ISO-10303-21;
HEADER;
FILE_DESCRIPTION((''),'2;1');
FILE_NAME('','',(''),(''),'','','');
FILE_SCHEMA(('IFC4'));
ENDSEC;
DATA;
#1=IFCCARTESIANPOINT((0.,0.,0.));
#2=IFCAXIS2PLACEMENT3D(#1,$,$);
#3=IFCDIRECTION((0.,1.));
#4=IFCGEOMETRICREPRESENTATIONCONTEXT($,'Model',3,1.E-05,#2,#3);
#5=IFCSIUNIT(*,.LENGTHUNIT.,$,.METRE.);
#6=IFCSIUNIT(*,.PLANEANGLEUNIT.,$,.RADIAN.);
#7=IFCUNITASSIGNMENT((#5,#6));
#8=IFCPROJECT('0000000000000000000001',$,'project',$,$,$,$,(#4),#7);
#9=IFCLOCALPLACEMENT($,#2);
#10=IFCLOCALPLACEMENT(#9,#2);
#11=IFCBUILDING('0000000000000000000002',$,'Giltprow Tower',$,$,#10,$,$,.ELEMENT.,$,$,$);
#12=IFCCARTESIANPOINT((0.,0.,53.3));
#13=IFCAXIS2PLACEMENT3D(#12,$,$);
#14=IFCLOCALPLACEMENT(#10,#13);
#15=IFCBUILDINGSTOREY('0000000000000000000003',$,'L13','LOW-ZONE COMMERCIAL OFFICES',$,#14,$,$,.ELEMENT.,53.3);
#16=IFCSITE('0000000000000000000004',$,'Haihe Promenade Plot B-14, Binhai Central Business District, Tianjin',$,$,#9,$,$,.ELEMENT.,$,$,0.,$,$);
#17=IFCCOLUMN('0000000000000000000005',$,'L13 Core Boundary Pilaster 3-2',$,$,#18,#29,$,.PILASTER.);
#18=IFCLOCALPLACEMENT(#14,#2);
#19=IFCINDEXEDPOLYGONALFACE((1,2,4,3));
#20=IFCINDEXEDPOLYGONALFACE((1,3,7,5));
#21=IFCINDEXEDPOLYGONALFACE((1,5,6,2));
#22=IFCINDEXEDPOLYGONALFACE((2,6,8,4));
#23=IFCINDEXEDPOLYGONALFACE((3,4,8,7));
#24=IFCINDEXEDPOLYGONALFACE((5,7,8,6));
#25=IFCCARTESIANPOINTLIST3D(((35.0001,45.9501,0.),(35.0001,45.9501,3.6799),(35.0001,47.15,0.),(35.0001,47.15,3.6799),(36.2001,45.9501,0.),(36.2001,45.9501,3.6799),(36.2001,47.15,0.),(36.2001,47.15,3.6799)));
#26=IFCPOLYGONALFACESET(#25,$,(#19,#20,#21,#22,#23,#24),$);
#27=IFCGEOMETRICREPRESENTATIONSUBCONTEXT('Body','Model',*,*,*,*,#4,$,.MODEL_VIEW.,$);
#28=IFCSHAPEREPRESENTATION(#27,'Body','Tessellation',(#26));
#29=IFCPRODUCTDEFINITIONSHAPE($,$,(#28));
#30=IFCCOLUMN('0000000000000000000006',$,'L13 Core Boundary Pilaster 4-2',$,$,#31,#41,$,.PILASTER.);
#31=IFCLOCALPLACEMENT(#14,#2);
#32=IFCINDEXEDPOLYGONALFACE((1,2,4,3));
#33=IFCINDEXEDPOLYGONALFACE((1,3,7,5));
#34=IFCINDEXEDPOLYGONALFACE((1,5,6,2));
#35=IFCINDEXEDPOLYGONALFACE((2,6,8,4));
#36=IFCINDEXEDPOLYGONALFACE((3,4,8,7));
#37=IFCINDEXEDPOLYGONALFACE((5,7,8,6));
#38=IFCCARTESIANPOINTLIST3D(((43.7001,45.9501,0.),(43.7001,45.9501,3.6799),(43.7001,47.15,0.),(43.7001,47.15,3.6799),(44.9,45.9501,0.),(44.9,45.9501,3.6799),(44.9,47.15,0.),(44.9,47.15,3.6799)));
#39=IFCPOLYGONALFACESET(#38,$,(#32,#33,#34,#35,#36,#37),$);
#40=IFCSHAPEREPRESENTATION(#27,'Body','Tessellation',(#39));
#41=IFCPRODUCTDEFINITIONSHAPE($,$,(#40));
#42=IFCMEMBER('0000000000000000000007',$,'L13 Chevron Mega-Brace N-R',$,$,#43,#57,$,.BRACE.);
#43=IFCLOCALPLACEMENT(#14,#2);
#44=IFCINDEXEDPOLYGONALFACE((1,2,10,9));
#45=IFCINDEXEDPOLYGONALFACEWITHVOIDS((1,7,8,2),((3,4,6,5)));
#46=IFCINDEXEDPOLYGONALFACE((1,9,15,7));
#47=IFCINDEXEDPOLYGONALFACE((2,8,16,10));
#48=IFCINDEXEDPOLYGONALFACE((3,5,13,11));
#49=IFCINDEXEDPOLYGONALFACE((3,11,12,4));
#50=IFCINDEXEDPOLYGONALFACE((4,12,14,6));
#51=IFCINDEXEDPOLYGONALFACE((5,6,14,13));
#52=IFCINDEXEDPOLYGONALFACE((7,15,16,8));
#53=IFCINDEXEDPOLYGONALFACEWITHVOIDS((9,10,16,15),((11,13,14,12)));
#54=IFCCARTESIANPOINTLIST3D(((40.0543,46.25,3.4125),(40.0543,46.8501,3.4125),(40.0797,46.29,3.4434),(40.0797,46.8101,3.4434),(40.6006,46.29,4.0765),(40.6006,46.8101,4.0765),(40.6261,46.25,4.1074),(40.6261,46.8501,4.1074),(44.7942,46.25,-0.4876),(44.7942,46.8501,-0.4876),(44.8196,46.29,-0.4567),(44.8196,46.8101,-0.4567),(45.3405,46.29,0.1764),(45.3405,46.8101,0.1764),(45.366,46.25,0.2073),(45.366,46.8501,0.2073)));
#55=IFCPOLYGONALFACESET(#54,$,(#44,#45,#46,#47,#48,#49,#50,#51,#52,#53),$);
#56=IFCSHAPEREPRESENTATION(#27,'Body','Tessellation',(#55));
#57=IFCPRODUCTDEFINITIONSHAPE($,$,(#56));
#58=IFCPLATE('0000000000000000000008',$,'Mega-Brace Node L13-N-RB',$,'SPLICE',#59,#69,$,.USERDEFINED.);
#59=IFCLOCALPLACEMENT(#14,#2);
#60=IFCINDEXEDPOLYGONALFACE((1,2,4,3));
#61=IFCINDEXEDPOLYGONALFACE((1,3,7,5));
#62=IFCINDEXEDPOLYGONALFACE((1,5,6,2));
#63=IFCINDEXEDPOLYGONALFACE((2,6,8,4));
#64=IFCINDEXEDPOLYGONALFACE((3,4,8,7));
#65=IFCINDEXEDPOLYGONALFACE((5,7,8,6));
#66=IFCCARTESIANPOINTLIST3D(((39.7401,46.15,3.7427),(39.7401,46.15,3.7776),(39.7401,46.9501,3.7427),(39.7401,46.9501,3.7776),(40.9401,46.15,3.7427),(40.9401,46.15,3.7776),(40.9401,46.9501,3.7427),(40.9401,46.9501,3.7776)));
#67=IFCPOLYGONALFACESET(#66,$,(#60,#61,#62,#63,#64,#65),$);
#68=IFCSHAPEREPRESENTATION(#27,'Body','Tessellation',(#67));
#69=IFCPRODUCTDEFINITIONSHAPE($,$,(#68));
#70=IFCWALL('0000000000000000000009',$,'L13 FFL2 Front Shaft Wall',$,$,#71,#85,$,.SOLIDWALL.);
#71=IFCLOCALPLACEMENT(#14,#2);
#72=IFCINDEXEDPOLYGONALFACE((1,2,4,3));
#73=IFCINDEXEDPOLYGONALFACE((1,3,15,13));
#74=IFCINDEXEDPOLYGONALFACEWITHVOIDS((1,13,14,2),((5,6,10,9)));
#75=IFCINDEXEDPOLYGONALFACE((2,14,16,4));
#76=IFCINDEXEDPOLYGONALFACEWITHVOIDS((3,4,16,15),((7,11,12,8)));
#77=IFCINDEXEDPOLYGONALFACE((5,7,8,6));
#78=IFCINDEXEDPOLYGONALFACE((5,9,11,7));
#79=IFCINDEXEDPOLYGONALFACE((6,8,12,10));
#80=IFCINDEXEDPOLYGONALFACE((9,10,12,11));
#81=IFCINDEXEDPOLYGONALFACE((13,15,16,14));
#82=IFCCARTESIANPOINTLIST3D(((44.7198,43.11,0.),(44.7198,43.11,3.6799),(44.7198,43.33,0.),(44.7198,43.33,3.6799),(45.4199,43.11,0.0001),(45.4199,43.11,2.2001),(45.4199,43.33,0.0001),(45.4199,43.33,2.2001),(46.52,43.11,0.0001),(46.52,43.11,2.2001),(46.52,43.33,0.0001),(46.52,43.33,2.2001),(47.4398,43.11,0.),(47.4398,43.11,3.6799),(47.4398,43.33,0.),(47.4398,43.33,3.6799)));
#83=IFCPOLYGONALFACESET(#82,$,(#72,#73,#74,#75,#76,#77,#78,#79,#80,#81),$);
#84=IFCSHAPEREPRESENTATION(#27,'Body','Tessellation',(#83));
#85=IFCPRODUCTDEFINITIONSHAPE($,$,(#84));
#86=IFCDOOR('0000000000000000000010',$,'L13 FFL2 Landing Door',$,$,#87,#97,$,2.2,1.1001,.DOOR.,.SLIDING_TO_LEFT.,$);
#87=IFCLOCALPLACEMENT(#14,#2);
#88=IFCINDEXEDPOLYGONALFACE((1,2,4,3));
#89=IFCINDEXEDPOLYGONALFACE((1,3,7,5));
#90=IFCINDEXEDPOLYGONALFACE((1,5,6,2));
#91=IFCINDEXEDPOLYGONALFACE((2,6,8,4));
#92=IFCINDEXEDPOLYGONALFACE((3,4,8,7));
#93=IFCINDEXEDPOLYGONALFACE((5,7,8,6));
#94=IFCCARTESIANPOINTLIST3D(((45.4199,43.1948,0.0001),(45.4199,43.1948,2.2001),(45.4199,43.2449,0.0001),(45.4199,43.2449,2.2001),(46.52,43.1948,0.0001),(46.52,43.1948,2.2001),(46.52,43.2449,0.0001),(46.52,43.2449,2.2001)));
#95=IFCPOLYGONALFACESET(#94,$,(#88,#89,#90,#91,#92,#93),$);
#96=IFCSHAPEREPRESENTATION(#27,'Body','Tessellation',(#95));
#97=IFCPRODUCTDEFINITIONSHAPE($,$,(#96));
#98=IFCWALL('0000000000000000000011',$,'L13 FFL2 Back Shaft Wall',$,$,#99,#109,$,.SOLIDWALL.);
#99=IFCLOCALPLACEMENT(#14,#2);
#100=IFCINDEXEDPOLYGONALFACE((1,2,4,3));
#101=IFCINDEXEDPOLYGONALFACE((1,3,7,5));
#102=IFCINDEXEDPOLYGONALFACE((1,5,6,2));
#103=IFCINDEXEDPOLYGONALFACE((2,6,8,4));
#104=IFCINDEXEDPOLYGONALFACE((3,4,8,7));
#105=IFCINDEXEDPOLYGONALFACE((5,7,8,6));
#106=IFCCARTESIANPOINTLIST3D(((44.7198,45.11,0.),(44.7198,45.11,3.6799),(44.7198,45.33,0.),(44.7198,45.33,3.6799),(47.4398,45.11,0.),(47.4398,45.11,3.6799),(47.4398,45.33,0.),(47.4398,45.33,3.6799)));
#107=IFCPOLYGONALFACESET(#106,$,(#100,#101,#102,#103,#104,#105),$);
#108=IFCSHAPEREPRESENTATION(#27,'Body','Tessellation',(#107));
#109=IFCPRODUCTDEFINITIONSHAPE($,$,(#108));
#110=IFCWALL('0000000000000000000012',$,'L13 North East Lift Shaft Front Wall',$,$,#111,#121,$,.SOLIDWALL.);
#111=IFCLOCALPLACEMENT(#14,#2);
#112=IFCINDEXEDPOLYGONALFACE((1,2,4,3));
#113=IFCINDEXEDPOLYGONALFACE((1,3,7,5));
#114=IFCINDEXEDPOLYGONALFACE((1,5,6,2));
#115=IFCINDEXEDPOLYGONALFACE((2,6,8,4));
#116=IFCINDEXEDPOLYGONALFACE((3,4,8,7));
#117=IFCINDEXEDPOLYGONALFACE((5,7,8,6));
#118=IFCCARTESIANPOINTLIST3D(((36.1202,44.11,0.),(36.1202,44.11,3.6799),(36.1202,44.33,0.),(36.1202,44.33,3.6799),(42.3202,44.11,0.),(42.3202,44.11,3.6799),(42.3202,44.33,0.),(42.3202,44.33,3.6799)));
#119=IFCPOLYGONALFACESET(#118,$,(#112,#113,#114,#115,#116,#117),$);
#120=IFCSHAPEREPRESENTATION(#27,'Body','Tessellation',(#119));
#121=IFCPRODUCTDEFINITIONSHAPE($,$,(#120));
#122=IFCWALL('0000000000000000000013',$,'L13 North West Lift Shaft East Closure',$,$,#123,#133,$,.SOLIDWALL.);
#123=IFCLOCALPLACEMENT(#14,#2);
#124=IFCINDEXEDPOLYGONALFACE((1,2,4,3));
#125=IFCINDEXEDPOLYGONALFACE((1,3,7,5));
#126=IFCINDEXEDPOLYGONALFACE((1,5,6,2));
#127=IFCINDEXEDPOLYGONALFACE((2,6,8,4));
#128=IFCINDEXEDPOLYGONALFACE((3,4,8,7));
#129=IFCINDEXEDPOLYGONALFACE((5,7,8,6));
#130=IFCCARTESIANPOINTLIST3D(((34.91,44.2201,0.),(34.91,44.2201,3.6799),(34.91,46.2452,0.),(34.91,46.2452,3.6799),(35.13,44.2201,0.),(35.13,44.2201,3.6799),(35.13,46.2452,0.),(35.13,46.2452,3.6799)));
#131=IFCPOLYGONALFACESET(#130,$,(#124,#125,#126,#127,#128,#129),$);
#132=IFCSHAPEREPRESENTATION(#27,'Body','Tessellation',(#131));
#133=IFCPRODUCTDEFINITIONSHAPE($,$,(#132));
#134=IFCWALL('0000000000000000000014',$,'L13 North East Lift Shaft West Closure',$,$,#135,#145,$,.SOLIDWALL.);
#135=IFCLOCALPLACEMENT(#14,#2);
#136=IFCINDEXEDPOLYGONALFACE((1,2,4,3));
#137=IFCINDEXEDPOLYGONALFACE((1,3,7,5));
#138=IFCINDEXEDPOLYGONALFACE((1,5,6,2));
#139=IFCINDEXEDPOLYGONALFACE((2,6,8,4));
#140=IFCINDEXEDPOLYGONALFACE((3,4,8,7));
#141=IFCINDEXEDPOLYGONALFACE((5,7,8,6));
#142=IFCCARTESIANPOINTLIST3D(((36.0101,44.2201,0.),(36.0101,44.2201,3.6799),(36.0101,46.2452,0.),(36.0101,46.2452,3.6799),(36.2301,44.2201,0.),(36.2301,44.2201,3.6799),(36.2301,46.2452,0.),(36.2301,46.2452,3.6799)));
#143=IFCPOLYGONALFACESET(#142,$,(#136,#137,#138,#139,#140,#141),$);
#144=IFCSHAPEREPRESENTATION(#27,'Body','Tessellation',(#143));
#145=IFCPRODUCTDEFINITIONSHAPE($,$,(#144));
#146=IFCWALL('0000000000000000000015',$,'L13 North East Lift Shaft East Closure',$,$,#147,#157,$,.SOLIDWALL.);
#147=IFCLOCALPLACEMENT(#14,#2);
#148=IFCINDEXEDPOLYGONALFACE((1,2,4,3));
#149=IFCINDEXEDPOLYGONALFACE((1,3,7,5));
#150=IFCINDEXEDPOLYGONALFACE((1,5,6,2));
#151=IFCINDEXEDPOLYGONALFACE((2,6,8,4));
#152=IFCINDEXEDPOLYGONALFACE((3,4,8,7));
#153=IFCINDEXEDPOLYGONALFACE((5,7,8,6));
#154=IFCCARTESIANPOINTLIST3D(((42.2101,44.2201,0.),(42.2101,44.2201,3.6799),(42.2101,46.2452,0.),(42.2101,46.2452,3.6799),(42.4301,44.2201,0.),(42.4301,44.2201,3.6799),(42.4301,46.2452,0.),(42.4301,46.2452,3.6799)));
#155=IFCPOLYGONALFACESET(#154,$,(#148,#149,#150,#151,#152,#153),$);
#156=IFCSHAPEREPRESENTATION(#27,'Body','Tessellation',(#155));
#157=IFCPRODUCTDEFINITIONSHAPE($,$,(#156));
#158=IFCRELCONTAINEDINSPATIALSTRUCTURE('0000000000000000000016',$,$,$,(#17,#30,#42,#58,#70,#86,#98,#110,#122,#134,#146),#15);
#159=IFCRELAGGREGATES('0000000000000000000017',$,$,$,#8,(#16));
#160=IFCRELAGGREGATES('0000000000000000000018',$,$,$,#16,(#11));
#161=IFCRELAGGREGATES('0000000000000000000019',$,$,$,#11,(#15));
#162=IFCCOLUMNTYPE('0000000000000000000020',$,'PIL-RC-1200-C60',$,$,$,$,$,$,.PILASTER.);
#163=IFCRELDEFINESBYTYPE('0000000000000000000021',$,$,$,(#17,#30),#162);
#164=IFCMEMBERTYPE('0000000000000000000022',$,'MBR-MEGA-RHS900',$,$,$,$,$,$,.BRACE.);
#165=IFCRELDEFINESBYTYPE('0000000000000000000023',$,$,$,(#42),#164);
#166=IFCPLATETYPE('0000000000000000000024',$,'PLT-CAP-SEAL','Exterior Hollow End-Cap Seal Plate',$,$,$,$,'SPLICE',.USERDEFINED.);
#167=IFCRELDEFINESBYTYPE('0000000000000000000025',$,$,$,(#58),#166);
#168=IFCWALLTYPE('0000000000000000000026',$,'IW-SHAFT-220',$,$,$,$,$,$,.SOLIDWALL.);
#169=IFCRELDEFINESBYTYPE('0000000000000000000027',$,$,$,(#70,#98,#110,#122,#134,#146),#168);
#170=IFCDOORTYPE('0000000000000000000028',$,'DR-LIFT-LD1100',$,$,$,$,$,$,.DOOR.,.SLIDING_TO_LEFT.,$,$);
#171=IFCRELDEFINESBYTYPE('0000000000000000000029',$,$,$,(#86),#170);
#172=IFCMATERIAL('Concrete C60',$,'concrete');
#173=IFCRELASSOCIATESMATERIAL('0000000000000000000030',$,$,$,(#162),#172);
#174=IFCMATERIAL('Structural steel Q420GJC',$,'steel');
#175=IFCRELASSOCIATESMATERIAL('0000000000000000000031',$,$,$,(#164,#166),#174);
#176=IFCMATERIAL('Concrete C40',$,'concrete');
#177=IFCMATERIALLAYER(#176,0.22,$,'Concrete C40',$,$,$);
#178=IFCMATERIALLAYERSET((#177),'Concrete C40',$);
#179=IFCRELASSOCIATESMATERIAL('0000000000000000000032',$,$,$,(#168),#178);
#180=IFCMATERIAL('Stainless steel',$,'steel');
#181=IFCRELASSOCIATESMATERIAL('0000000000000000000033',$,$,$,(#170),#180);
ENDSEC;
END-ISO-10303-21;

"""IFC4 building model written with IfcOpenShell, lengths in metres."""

from ifc_helpers import new_model, si_unit, direction, frame, frame_2d, origin, origin_2d, place, context, subcontext, project, spatial, rectangle, hollow_rectangle, extrude, source, transform, mapped, material, layer, layer_set, material_profile, profile_set, type_object, element, fill, save


model = new_model("IFC4")

# Units and contexts
model_context = context("Model", 3, precision=1e-05, world=origin(), true_north=direction((0.0, 1.0)))
body_context = subcontext(model_context, "Body", "Model", "MODEL_VIEW")
ifc_project = project(units=[si_unit("LENGTHUNIT", "METRE"), si_unit("PLANEANGLEUNIT", "RADIAN")], contexts=[model_context])

# Site, building, storey
site_placement = place(None, origin())
site = spatial("IfcSite", under=ifc_project, at=site_placement, Name="Haihe Promenade Plot B-14, Binhai Central Business District, Tianjin", CompositionType="ELEMENT", RefElevation=0.0)
building_placement = place(site_placement, origin())
building = spatial("IfcBuilding", under=site, at=building_placement, Name="Giltprow Tower", CompositionType="ELEMENT")
storey_placement = place(building_placement, frame((0.0, 0.0, 53.3)))
storey = spatial("IfcBuildingStorey", under=building, at=storey_placement, Name="L13", Description="LOW-ZONE COMMERCIAL OFFICES", CompositionType="ELEMENT", Elevation=53.3)

# Columns
ifc_material_1 = material(Name="Concrete C60", Category="concrete")
ifc_material_profile_1 = material_profile(ifc_material_1, rectangle(XDim=1.2, YDim=1.2, at=origin_2d()), Name="RC 1200x1200")
ifc_profile_set_1 = profile_set([ifc_material_profile_1], Name="Concrete C60")
column_type = type_object("IfcColumnType", Name="PIL-RC-1200-C60", PredefinedType="PILASTER", material=ifc_profile_set_1)
shared_shape_1 = source(origin(), body_context, "Body", "SweptSolid", [
    extrude(rectangle(XDim=1.2, YDim=1.2, at=origin_2d()), origin(), (0.0, 0.0, 1.0), 3.6799),
])
for number, where, z_axis, x_axis, name in (
    (1, (35.6001, 46.55, 0.0), (0.0, 0.0, 1.0), (1.0, 0.0, 0.0), "L13 Core Boundary Pilaster 3-2"),
    (2, (44.3, 46.55, 0.0), (0.0, 0.0, 1.0), (1.0, 0.0, 0.0), "L13 Core Boundary Pilaster 4-2"),
):
    element("IfcColumn", number, at=place(storey_placement, frame(where, z_axis=z_axis, x_axis=x_axis)), inside=storey, type_object=column_type, Name=name, PredefinedType="PILASTER", context=body_context, shape_type="MappedRepresentation", body=[
        mapped(shared_shape_1, transform((0.0, 0.0, 0.0), x_axis=(1.0, 0.0, 0.0), y_axis=(0.0, 1.0, 0.0), z_axis=(0.0, 0.0, 1.0), scale=1.0)),
    ])

# Member
ifc_material_2 = material(Name="Structural steel Q420GJC", Category="steel")
ifc_material_profile_2 = material_profile(ifc_material_2, hollow_rectangle(XDim=0.6001, YDim=0.8999, WallThickness=0.04, at=origin_2d()), Name="RHS 900x600x40")
ifc_profile_set_2 = profile_set([ifc_material_profile_2], Name="Structural steel Q420GJC")
member_type = type_object("IfcMemberType", Name="MBR-MEGA-RHS900", PredefinedType="BRACE", material=ifc_profile_set_2)
shared_shape_2 = source(origin(), body_context, "Body", "SweptSolid", [
    extrude(hollow_rectangle(XDim=0.6001, YDim=0.8999, WallThickness=0.04, at=origin_2d()), origin(), (0.0, 0.0, 1.0), 6.1382),
])
member_placement = place(storey_placement, frame((45.0801, 46.55, -0.1401), z_axis=(-0.7722, 0.0, 0.63538), x_axis=(0.0, -1.0, 0.0)))
element("IfcMember", 3, at=member_placement, inside=storey, type_object=member_type, Name="L13 Chevron Mega-Brace N-R", PredefinedType="BRACE", context=body_context, shape_type="MappedRepresentation", body=[
    mapped(shared_shape_2, transform((0.0, 0.0, 0.0), x_axis=(1.0, 0.0, 0.0), y_axis=(0.0, 1.0, 0.0), z_axis=(0.0, 0.0, 1.0), scale=1.0)),
])

# Plate
plate_type = type_object("IfcPlateType", Name="PLT-CAP-SEAL", Description="Exterior Hollow End-Cap Seal Plate", ElementType="SPLICE", PredefinedType="USERDEFINED", material=ifc_material_2)
shared_shape_3 = source(origin(), body_context, "Body", "SweptSolid", [
    extrude(rectangle(XDim=1.2, YDim=0.8, at=origin_2d()), origin(), (0.0, 0.0, 1.0), 0.0349),
])
plate_placement = place(storey_placement, frame((40.3401, 46.55, 3.7427), z_axis=(0.0, 0.0, 1.0), x_axis=(1.0, 0.0, 0.0)))
element("IfcPlate", 4, at=plate_placement, inside=storey, type_object=plate_type, Name="Mega-Brace Node L13-N-RB", ObjectType="SPLICE", PredefinedType="USERDEFINED", context=body_context, shape_type="MappedRepresentation", body=[
    mapped(shared_shape_3, transform((0.0, 0.0, 0.0), x_axis=(1.0, 0.0, 0.0), y_axis=(0.0, 1.0, 0.0), z_axis=(0.0, 0.0, 1.0), scale=1.0)),
])

# Wall, opening, door
ifc_material_3 = material(Name="Concrete C40", Category="concrete")
ifc_layer_1 = layer(ifc_material_3, 0.22, Name="Concrete C40")
ifc_layer_set_1 = layer_set([ifc_layer_1], Name="Concrete C40")
wall_type_1 = type_object("IfcWallType", Name="IW-SHAFT-220", PredefinedType="SOLIDWALL", material=ifc_layer_set_1)
wall_1_placement = place(storey_placement, frame((44.72, 43.22, 0.0), z_axis=(0.0, 0.0, 1.0), x_axis=(1.0, 0.0, 0.0)))
wall_1 = element("IfcWall", 5, at=wall_1_placement, inside=storey, type_object=wall_type_1, Name="L13 FFL2 Front Shaft Wall", PredefinedType="SOLIDWALL", context=body_context, shape_type="SweptSolid", body=[
    extrude(rectangle(XDim=2.72, YDim=0.22, at=frame_2d((1.3599, 0.0))), origin(), (0.0, 0.0, 1.0), 3.6799),
])
opening_1_placement = place(wall_1_placement, frame((0.7, 0.0, 0.0)))
opening_1 = element("IfcOpeningElement", 6, at=opening_1_placement, cuts=wall_1, PredefinedType="OPENING", context=body_context, shape_type="SweptSolid", body=[
    extrude(rectangle(XDim=1.1001, YDim=2.2, at=frame_2d((0.55, 1.1001))), frame((0.0, 0.1199, 0.0), z_axis=(0.0, -1.0, 0.0), x_axis=(1.0, 0.0, 0.0)), (0.0, 0.0, 1.0), 0.24),
])
ifc_material_4 = material(Name="Stainless steel", Category="steel")
door_type = type_object("IfcDoorType", Name="DR-LIFT-LD1100", OperationType="SLIDING_TO_LEFT", PredefinedType="DOOR", material=ifc_material_4)
shared_shape_4 = source(origin(), body_context, "Body", "SweptSolid", [
    extrude(rectangle(XDim=1.1001, YDim=2.2, at=frame_2d((0.55, 1.1001))), frame((0.0, 0.0249, 0.0), z_axis=(0.0, -1.0, 0.0), x_axis=(1.0, 0.0, 0.0)), (0.0, 0.0, 1.0), 0.05),
])
door_1_placement = place(opening_1_placement, origin())
door_1 = element("IfcDoor", 7, at=door_1_placement, inside=storey, type_object=door_type, Name="L13 FFL2 Landing Door", OperationType="SLIDING_TO_LEFT", OverallHeight=2.2, OverallWidth=1.1001, PredefinedType="DOOR", context=body_context, shape_type="MappedRepresentation", body=[
    mapped(shared_shape_4, transform((0.0, 0.0, 0.0), x_axis=(1.0, 0.0, 0.0), y_axis=(0.0, 1.0, 0.0), z_axis=(0.0, 0.0, 1.0), scale=1.0)),
])
fill(opening_1, door_1)

# Walls
wall_2_placement = place(storey_placement, frame((44.72, 45.22, 0.0), z_axis=(0.0, 0.0, 1.0), x_axis=(1.0, 0.0, 0.0)))
element("IfcWall", 8, at=wall_2_placement, inside=storey, type_object=wall_type_1, Name="L13 FFL2 Back Shaft Wall", PredefinedType="SOLIDWALL", context=body_context, shape_type="SweptSolid", body=[
    extrude(rectangle(XDim=2.72, YDim=0.22, at=frame_2d((1.3599, 0.0))), origin(), (0.0, 0.0, 1.0), 3.6799),
])
wall_3_placement = place(storey_placement, frame((36.1201, 44.22, 0.0), z_axis=(0.0, 0.0, 1.0), x_axis=(1.0, 0.0, 0.0)))
element("IfcWall", 9, at=wall_3_placement, inside=storey, type_object=wall_type_1, Name="L13 North East Lift Shaft Front Wall", PredefinedType="SOLIDWALL", context=body_context, shape_type="SweptSolid", body=[
    extrude(rectangle(XDim=6.2, YDim=0.22, at=frame_2d((3.1001, 0.0))), origin(), (0.0, 0.0, 1.0), 3.6799),
])
for number, where, z_axis, x_axis, name in (
    (10, (35.02, 44.22, 0.0), (0.0, 0.0, 1.0), (0.0, 1.0, 0.0), "L13 North West Lift Shaft East Closure"),
    (11, (36.1201, 44.22, 0.0), (0.0, 0.0, 1.0), (0.0, 1.0, 0.0), "L13 North East Lift Shaft West Closure"),
    (12, (42.3201, 44.22, 0.0), (0.0, 0.0, 1.0), (0.0, 1.0, 0.0), "L13 North East Lift Shaft East Closure"),
):
    element("IfcWall", number, at=place(storey_placement, frame(where, z_axis=z_axis, x_axis=x_axis)), inside=storey, type_object=wall_type_1, Name=name, PredefinedType="SOLIDWALL", context=body_context, shape_type="SweptSolid", body=[
        extrude(rectangle(XDim=2.0251, YDim=0.22, at=frame_2d((1.0127, 0.0))), origin(), (0.0, 0.0, 1.0), 3.6799),
    ])

save(model, "model.ifc")
